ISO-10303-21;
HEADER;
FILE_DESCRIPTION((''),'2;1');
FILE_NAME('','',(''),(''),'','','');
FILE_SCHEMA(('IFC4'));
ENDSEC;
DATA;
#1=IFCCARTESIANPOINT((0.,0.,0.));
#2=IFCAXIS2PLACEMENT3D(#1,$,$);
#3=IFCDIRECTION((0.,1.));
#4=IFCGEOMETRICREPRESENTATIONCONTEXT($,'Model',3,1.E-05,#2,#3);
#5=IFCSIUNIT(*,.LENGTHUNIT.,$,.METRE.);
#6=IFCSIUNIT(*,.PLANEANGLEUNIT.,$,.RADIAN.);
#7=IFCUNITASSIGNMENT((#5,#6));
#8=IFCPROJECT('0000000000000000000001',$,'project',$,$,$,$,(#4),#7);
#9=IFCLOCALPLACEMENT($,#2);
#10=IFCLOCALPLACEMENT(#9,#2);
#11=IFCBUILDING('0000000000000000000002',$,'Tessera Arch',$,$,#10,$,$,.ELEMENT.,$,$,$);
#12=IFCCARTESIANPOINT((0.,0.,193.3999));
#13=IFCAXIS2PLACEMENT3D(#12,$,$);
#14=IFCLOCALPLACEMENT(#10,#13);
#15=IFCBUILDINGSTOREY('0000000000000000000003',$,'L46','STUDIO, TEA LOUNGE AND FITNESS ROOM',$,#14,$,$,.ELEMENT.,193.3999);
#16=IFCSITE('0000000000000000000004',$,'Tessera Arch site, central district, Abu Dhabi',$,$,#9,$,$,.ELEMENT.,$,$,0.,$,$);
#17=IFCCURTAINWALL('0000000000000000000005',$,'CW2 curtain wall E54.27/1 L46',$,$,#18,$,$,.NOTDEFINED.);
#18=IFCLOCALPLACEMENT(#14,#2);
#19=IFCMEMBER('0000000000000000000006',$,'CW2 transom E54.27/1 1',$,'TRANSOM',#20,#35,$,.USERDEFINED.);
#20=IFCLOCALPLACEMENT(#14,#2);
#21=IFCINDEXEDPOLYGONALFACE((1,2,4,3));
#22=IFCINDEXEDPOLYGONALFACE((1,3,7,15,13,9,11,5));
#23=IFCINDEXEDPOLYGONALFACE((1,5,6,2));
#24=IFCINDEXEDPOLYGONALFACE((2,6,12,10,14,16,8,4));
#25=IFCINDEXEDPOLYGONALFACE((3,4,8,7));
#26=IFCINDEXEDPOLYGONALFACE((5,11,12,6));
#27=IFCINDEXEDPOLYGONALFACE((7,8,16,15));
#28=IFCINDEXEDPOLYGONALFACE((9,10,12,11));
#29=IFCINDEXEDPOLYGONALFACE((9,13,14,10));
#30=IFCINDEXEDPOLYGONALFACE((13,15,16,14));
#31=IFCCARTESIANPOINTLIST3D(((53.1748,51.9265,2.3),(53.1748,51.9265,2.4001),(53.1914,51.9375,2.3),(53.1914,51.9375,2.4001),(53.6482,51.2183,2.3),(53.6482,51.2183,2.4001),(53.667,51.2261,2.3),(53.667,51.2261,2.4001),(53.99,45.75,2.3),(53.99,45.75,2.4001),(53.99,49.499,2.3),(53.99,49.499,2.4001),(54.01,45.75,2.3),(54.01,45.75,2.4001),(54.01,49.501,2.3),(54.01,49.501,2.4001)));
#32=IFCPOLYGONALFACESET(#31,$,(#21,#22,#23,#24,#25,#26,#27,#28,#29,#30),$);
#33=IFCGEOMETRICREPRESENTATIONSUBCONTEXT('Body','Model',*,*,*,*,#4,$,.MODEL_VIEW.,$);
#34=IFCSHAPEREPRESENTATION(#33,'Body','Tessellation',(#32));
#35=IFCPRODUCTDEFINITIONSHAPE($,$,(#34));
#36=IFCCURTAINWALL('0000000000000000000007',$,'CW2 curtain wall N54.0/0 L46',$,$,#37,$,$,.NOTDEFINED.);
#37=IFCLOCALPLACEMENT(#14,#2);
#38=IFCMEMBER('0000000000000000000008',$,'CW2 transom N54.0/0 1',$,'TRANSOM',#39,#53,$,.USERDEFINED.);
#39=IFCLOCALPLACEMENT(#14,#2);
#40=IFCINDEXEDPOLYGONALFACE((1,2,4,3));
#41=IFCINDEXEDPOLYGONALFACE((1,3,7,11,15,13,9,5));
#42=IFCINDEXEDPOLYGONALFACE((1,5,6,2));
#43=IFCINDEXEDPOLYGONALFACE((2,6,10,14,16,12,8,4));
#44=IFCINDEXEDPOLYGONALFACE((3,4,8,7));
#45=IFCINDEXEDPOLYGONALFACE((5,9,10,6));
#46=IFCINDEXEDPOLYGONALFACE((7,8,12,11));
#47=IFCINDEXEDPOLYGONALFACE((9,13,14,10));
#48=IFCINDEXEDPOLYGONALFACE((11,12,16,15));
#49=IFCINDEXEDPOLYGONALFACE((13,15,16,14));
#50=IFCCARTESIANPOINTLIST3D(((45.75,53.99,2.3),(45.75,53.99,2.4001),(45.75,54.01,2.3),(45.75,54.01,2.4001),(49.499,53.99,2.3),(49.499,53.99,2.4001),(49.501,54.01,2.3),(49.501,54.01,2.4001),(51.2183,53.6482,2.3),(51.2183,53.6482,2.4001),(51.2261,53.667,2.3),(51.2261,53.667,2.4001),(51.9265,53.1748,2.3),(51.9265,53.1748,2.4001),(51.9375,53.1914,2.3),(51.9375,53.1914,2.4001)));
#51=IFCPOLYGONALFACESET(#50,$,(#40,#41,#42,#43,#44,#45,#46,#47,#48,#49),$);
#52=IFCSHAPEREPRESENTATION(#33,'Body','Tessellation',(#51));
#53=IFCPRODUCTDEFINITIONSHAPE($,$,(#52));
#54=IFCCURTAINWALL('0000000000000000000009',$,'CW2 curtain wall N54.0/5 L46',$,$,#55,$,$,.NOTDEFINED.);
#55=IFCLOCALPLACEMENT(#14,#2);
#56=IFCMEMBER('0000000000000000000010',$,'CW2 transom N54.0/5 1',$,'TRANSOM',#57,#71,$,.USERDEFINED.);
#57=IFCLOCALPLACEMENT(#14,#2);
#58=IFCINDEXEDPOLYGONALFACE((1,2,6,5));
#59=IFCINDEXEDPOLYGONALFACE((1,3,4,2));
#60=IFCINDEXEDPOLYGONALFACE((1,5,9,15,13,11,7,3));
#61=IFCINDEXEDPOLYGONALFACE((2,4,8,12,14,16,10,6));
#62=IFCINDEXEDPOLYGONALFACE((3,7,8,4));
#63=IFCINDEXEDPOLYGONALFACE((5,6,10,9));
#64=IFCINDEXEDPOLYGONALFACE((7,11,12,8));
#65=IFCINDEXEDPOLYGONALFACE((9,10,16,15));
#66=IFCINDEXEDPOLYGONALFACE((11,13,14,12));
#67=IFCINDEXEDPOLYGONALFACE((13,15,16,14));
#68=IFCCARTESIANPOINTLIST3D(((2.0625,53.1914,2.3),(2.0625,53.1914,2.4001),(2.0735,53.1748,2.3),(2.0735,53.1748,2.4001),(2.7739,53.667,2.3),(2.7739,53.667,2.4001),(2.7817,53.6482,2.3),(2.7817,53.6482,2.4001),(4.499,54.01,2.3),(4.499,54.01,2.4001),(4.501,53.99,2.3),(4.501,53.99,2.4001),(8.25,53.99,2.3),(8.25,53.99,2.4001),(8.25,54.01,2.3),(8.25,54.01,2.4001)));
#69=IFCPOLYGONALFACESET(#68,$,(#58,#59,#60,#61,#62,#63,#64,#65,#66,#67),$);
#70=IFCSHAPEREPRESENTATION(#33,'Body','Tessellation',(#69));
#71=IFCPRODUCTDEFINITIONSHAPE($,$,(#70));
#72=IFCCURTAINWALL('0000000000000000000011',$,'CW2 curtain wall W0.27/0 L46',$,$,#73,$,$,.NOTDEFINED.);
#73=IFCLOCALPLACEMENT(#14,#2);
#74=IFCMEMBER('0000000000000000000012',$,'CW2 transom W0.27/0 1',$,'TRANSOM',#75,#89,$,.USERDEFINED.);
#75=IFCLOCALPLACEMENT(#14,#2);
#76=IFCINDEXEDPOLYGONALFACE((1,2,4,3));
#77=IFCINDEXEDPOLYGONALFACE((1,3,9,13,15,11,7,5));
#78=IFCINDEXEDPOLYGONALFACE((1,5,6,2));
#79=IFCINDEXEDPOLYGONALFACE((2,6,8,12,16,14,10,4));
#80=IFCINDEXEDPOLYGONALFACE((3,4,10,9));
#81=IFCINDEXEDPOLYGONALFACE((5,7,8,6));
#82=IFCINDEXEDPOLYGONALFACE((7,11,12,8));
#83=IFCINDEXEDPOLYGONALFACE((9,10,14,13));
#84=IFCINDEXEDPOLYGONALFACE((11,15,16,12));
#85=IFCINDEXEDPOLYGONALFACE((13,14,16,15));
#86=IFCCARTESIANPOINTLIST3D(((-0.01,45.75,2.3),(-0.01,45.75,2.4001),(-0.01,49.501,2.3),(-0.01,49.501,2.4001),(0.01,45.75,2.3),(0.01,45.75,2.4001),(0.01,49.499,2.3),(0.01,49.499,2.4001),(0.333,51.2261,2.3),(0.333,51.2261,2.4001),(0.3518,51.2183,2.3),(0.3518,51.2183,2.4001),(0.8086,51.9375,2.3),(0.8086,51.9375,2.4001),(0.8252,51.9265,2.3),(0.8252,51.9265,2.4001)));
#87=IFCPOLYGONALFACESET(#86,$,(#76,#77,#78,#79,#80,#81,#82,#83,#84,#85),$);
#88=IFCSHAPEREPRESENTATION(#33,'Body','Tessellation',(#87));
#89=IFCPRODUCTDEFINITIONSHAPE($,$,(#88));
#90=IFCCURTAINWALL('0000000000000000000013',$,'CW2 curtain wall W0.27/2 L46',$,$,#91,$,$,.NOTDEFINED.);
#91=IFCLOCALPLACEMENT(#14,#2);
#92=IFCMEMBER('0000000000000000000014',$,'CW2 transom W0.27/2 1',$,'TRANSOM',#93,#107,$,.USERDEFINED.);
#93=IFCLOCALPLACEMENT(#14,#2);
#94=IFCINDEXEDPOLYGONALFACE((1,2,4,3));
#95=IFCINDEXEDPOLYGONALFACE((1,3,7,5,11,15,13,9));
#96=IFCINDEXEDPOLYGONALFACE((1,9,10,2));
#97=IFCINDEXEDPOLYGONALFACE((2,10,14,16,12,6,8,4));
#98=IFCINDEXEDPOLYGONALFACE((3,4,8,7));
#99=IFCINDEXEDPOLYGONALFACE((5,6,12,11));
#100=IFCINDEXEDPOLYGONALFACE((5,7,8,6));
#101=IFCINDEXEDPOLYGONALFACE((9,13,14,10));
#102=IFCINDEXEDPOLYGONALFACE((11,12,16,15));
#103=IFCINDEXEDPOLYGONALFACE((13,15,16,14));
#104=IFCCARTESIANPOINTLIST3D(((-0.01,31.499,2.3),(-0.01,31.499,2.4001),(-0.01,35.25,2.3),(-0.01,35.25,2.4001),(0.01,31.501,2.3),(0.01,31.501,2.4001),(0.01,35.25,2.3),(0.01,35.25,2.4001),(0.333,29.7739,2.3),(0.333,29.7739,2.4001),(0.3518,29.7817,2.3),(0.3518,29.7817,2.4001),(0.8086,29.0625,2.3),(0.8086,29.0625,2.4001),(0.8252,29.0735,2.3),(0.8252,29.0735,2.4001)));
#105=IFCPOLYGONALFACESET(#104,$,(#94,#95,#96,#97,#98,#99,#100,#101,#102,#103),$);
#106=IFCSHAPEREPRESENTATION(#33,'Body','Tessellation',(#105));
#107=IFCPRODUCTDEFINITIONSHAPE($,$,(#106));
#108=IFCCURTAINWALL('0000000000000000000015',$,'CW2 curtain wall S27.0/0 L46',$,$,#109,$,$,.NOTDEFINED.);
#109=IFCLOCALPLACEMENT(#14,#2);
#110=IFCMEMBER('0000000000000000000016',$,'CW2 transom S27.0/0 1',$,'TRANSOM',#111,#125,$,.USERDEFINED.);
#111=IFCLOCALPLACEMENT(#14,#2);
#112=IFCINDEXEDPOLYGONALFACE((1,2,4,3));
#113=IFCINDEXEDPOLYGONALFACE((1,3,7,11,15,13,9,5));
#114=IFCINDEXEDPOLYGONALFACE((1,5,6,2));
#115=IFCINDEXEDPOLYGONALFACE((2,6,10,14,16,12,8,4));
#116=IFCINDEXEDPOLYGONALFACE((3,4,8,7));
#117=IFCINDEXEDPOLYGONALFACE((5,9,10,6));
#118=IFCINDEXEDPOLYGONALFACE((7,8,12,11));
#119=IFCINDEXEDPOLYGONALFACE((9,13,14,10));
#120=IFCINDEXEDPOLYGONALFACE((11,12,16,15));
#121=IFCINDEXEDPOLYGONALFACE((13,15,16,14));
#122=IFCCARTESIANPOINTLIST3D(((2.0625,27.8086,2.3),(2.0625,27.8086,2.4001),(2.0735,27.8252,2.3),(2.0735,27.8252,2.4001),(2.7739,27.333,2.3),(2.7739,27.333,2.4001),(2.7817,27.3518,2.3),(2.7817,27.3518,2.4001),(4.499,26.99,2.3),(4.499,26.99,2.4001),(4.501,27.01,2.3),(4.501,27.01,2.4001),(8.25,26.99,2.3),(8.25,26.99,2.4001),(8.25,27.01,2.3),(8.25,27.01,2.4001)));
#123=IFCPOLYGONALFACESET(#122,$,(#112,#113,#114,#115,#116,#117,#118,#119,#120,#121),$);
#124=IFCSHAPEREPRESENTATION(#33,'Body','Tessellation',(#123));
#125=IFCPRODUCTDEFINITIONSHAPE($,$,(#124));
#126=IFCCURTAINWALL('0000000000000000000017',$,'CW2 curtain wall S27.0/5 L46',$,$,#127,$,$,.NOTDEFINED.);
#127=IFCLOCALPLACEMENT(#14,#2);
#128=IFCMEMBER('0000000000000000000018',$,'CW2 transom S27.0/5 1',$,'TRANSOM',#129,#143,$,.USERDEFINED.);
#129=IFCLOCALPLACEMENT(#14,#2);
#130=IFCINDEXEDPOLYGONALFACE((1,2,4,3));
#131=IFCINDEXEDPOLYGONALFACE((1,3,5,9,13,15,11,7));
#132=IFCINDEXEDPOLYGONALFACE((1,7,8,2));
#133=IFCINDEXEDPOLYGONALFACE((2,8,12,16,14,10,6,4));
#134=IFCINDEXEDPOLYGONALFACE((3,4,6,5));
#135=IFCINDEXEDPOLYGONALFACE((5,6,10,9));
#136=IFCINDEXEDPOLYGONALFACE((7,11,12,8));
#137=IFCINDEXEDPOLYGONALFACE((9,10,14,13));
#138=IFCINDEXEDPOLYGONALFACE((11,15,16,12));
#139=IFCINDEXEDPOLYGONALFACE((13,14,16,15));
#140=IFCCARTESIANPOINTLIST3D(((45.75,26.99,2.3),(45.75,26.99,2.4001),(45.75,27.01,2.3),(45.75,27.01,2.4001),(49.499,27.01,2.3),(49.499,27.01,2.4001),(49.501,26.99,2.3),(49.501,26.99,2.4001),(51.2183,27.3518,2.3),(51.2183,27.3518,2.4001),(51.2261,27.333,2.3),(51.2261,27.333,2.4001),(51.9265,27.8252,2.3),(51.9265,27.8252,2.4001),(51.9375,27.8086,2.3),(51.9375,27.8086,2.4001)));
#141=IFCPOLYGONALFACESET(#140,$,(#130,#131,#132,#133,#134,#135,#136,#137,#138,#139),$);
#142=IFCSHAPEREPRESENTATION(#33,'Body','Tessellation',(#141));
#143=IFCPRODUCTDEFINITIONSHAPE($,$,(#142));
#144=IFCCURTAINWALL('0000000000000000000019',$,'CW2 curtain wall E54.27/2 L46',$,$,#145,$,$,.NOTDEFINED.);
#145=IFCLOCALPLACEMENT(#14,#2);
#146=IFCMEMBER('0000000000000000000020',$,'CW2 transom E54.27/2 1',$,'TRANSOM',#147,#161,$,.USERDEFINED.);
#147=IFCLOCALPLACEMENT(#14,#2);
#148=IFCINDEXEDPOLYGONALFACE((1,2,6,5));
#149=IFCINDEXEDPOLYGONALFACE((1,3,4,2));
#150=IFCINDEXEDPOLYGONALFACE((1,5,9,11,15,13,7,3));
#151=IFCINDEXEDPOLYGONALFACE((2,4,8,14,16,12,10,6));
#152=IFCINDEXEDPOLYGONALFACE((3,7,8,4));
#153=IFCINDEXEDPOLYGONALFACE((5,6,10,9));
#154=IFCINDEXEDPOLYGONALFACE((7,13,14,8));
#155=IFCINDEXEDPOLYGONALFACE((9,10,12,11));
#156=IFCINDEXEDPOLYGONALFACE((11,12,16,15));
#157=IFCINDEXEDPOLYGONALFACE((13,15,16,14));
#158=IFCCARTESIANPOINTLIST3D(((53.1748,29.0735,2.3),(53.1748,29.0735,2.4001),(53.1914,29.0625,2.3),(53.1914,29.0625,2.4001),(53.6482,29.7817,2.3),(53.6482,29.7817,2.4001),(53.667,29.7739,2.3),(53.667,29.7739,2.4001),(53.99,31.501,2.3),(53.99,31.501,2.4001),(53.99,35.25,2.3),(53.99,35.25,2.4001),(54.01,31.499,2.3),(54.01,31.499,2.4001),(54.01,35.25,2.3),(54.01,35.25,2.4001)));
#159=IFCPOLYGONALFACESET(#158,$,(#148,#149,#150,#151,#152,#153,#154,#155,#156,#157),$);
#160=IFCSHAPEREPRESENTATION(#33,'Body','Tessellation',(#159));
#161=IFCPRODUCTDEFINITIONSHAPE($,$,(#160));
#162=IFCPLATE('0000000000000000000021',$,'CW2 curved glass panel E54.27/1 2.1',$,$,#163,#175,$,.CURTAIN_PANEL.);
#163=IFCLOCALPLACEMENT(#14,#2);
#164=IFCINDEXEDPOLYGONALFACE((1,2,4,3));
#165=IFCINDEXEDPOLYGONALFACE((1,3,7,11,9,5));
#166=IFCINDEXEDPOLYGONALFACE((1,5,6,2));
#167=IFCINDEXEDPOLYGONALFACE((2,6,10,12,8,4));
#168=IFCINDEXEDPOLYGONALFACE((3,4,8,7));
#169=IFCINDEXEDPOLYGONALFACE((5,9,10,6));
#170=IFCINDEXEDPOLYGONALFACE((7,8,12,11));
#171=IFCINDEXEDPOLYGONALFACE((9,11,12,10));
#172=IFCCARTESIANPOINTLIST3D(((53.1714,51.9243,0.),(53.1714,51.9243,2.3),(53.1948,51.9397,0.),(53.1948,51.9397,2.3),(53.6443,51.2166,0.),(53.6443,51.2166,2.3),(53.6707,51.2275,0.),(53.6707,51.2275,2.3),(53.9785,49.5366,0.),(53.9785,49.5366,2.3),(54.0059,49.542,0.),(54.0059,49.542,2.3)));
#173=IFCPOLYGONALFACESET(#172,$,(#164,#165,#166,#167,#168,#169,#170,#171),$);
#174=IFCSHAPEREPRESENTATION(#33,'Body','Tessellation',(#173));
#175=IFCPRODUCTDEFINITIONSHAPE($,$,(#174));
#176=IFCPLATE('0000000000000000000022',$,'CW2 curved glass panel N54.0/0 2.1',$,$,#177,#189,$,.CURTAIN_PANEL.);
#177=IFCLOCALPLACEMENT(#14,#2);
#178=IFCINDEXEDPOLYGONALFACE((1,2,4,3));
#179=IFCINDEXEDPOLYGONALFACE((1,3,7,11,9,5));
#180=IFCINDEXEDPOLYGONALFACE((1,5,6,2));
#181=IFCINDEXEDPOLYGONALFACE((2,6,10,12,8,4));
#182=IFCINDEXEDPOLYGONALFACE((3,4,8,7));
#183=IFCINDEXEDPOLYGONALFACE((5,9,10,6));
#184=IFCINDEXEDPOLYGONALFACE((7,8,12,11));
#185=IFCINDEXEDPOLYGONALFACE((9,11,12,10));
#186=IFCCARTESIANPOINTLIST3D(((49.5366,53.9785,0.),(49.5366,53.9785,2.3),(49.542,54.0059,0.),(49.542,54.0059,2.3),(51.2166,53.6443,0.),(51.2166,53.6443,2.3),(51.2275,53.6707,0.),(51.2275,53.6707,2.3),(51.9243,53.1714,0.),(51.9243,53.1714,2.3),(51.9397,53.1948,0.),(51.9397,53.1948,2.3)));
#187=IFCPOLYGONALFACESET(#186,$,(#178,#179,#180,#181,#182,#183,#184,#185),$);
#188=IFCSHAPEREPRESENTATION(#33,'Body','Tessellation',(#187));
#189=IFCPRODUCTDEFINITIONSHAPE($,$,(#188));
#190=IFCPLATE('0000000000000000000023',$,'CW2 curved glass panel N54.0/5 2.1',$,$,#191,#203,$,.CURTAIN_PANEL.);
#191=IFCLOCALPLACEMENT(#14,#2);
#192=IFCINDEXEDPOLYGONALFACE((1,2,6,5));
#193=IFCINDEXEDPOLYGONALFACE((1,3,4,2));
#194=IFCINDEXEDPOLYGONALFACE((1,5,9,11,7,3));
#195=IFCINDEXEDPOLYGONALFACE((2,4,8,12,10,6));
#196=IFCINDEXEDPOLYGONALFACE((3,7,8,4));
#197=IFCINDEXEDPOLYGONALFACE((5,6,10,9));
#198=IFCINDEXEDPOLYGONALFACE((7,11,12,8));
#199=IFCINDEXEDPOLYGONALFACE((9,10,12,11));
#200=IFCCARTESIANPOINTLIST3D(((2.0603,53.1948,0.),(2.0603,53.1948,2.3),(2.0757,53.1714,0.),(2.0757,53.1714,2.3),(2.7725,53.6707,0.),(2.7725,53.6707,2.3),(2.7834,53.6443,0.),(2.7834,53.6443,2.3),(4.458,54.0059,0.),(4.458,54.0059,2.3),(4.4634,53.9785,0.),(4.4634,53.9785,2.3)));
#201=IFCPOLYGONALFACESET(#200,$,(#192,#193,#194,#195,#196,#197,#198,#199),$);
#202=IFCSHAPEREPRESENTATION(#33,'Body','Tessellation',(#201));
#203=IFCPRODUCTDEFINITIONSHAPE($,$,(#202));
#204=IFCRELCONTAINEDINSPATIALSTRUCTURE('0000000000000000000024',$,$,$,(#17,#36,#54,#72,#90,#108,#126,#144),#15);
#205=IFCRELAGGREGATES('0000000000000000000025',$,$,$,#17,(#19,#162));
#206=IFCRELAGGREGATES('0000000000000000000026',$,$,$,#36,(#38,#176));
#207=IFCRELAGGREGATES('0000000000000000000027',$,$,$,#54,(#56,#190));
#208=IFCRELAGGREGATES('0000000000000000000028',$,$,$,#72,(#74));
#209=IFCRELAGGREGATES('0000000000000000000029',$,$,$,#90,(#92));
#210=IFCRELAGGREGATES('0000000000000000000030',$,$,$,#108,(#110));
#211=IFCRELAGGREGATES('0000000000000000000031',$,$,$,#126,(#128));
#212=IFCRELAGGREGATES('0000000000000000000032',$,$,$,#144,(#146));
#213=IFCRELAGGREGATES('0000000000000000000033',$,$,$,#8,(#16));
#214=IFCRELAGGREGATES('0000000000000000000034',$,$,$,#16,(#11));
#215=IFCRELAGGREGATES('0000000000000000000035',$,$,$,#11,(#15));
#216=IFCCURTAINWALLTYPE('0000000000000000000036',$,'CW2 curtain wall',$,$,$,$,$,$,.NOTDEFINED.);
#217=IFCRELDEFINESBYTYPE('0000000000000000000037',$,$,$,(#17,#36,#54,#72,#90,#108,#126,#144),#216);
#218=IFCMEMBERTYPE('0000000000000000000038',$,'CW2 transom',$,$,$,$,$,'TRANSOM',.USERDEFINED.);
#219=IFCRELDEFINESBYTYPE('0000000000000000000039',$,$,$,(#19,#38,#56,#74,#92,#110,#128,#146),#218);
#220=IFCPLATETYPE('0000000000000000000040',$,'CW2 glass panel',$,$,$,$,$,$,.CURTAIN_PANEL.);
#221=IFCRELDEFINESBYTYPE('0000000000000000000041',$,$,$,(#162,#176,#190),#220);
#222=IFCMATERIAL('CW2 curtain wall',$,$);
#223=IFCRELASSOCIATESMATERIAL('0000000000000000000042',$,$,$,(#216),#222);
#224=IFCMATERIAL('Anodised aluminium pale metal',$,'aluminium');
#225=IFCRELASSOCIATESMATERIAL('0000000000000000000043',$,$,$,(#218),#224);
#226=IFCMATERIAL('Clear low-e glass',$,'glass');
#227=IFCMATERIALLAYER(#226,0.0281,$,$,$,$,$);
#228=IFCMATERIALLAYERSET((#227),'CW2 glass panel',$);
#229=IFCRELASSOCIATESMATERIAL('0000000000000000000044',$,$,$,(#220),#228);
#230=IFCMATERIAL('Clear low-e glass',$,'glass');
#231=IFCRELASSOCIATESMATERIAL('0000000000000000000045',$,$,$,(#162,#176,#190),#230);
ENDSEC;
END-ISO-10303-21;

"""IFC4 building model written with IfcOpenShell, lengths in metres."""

from ifc_helpers import new_model, si_unit, direction, frame, origin, origin_2d, place, context, subcontext, project, spatial, polyline, rectangle, outline, extrude, material, layer, layer_set, material_profile, profile_set, type_object, element, aggregate, save


model = new_model("IFC4")

# Units and contexts
model_context = context("Model", 3, precision=1e-05, world=origin(), true_north=direction((0.0, 1.0)))
body_context = subcontext(model_context, "Body", "Model", "MODEL_VIEW")
ifc_project = project(units=[si_unit("LENGTHUNIT", "METRE"), si_unit("PLANEANGLEUNIT", "RADIAN")], contexts=[model_context])

# Site, building, storey
site_placement = place(None, origin())
site = spatial("IfcSite", under=ifc_project, at=site_placement, Name="Tessera Arch site, central district, Abu Dhabi", CompositionType="ELEMENT", RefElevation=0.0)
building_placement = place(site_placement, origin())
building = spatial("IfcBuilding", under=site, at=building_placement, Name="Tessera Arch", CompositionType="ELEMENT")
storey_placement = place(building_placement, frame((0.0, 0.0, 193.3999)))
storey = spatial("IfcBuildingStorey", under=building, at=storey_placement, Name="L46", Description="STUDIO, TEA LOUNGE AND FITNESS ROOM", CompositionType="ELEMENT", Elevation=193.3999)

# Curtain walls, members
ifc_material_1 = material(Name="CW2 curtain wall")
curtain_wall_type = type_object("IfcCurtainWallType", Name="CW2 curtain wall", PredefinedType="NOTDEFINED", material=ifc_material_1)
curtain_wall_1_placement = place(storey_placement, origin())
curtain_wall_1 = element("IfcCurtainWall", 1, at=curtain_wall_1_placement, inside=storey, type_object=curtain_wall_type, Name="CW2 curtain wall E54.27/1 L46", PredefinedType="NOTDEFINED")
ifc_material_2 = material(Name="Anodised aluminium pale metal", Category="aluminium")
ifc_material_profile = material_profile(ifc_material_2, rectangle(XDim=0.2, YDim=0.1001, at=origin_2d()), Name="AL 200x100")
ifc_profile_set = profile_set([ifc_material_profile], Name="Anodised aluminium pale metal")
member_type = type_object("IfcMemberType", Name="CW2 transom", ElementType="TRANSOM", PredefinedType="USERDEFINED", material=ifc_profile_set)
member_1_placement = place(storey_placement, frame((0.0, 0.0, 2.3)))
member_1 = element("IfcMember", 2, at=member_1_placement, type_object=member_type, Name="CW2 transom E54.27/1 1", ObjectType="TRANSOM", PredefinedType="USERDEFINED", context=body_context, shape_type="SweptSolid", body=[
    extrude(outline(polyline([(53.99, 49.499), (53.99, 45.75), (54.01, 45.75), (54.01, 49.501), (53.667, 51.2261), (53.1914, 51.9375), (53.1748, 51.9265), (53.6482, 51.2183), (53.99, 49.499)])), origin(), (0.0, 0.0, 1.0), 0.1001),
])
curtain_wall_2_placement = place(storey_placement, origin())
curtain_wall_2 = element("IfcCurtainWall", 3, at=curtain_wall_2_placement, inside=storey, type_object=curtain_wall_type, Name="CW2 curtain wall N54.0/0 L46", PredefinedType="NOTDEFINED")
member_2_placement = place(storey_placement, frame((0.0, 0.0, 2.3)))
member_2 = element("IfcMember", 4, at=member_2_placement, type_object=member_type, Name="CW2 transom N54.0/0 1", ObjectType="TRANSOM", PredefinedType="USERDEFINED", context=body_context, shape_type="SweptSolid", body=[
    extrude(outline(polyline([(51.2183, 53.6482), (51.9265, 53.1748), (51.9375, 53.1914), (51.2261, 53.667), (49.501, 54.01), (45.75, 54.01), (45.75, 53.99), (49.499, 53.99), (51.2183, 53.6482)])), origin(), (0.0, 0.0, 1.0), 0.1001),
])
curtain_wall_3_placement = place(storey_placement, origin())
curtain_wall_3 = element("IfcCurtainWall", 5, at=curtain_wall_3_placement, inside=storey, type_object=curtain_wall_type, Name="CW2 curtain wall N54.0/5 L46", PredefinedType="NOTDEFINED")
member_3_placement = place(storey_placement, frame((0.0, 0.0, 2.3)))
member_3 = element("IfcMember", 6, at=member_3_placement, type_object=member_type, Name="CW2 transom N54.0/5 1", ObjectType="TRANSOM", PredefinedType="USERDEFINED", context=body_context, shape_type="SweptSolid", body=[
    extrude(outline(polyline([(4.501, 53.99), (8.25, 53.99), (8.25, 54.01), (4.499, 54.01), (2.7739, 53.667), (2.0625, 53.1914), (2.0735, 53.1748), (2.7817, 53.6482), (4.501, 53.99)])), origin(), (0.0, 0.0, 1.0), 0.1001),
])
curtain_wall_4_placement = place(storey_placement, origin())
curtain_wall_4 = element("IfcCurtainWall", 7, at=curtain_wall_4_placement, inside=storey, type_object=curtain_wall_type, Name="CW2 curtain wall W0.27/0 L46", PredefinedType="NOTDEFINED")
member_4_placement = place(storey_placement, frame((0.0, 0.0, 2.3)))
member_4 = element("IfcMember", 8, at=member_4_placement, type_object=member_type, Name="CW2 transom W0.27/0 1", ObjectType="TRANSOM", PredefinedType="USERDEFINED", context=body_context, shape_type="SweptSolid", body=[
    extrude(outline(polyline([(0.3518, 51.2183), (0.8252, 51.9265), (0.8086, 51.9375), (0.333, 51.2261), (-0.01, 49.501), (-0.01, 45.75), (0.01, 45.75), (0.01, 49.499), (0.3518, 51.2183)])), origin(), (0.0, 0.0, 1.0), 0.1001),
])
curtain_wall_5_placement = place(storey_placement, origin())
curtain_wall_5 = element("IfcCurtainWall", 9, at=curtain_wall_5_placement, inside=storey, type_object=curtain_wall_type, Name="CW2 curtain wall W0.27/2 L46", PredefinedType="NOTDEFINED")
member_5_placement = place(storey_placement, frame((0.0, 0.0, 2.3)))
member_5 = element("IfcMember", 10, at=member_5_placement, type_object=member_type, Name="CW2 transom W0.27/2 1", ObjectType="TRANSOM", PredefinedType="USERDEFINED", context=body_context, shape_type="SweptSolid", body=[
    extrude(outline(polyline([(0.01, 31.501), (0.01, 35.25), (-0.01, 35.25), (-0.01, 31.499), (0.333, 29.7739), (0.8086, 29.0625), (0.8252, 29.0735), (0.3518, 29.7817), (0.01, 31.501)])), origin(), (0.0, 0.0, 1.0), 0.1001),
])
curtain_wall_6_placement = place(storey_placement, origin())
curtain_wall_6 = element("IfcCurtainWall", 11, at=curtain_wall_6_placement, inside=storey, type_object=curtain_wall_type, Name="CW2 curtain wall S27.0/0 L46", PredefinedType="NOTDEFINED")
member_6_placement = place(storey_placement, frame((0.0, 0.0, 2.3)))
member_6 = element("IfcMember", 12, at=member_6_placement, type_object=member_type, Name="CW2 transom S27.0/0 1", ObjectType="TRANSOM", PredefinedType="USERDEFINED", context=body_context, shape_type="SweptSolid", body=[
    extrude(outline(polyline([(2.7817, 27.3518), (2.0735, 27.8252), (2.0625, 27.8086), (2.7739, 27.333), (4.499, 26.99), (8.25, 26.99), (8.25, 27.01), (4.501, 27.01), (2.7817, 27.3518)])), origin(), (0.0, 0.0, 1.0), 0.1001),
])
curtain_wall_7_placement = place(storey_placement, origin())
curtain_wall_7 = element("IfcCurtainWall", 13, at=curtain_wall_7_placement, inside=storey, type_object=curtain_wall_type, Name="CW2 curtain wall S27.0/5 L46", PredefinedType="NOTDEFINED")
member_7_placement = place(storey_placement, frame((0.0, 0.0, 2.3)))
member_7 = element("IfcMember", 14, at=member_7_placement, type_object=member_type, Name="CW2 transom S27.0/5 1", ObjectType="TRANSOM", PredefinedType="USERDEFINED", context=body_context, shape_type="SweptSolid", body=[
    extrude(outline(polyline([(49.499, 27.01), (45.75, 27.01), (45.75, 26.99), (49.501, 26.99), (51.2261, 27.333), (51.9375, 27.8086), (51.9265, 27.8252), (51.2183, 27.3518), (49.499, 27.01)])), origin(), (0.0, 0.0, 1.0), 0.1001),
])
curtain_wall_8_placement = place(storey_placement, origin())
curtain_wall_8 = element("IfcCurtainWall", 15, at=curtain_wall_8_placement, inside=storey, type_object=curtain_wall_type, Name="CW2 curtain wall E54.27/2 L46", PredefinedType="NOTDEFINED")
member_8_placement = place(storey_placement, frame((0.0, 0.0, 2.3)))
member_8 = element("IfcMember", 16, at=member_8_placement, type_object=member_type, Name="CW2 transom E54.27/2 1", ObjectType="TRANSOM", PredefinedType="USERDEFINED", context=body_context, shape_type="SweptSolid", body=[
    extrude(outline(polyline([(53.6482, 29.7817), (53.1748, 29.0735), (53.1914, 29.0625), (53.667, 29.7739), (54.01, 31.499), (54.01, 35.25), (53.99, 35.25), (53.99, 31.501), (53.6482, 29.7817)])), origin(), (0.0, 0.0, 1.0), 0.1001),
])

# Plates
ifc_material_3 = material(Name="Clear low-e glass", Category="glass")
ifc_material_4 = material(Name="Clear low-e glass", Category="glass")
ifc_layer_1 = layer(ifc_material_4, 0.0281)
ifc_layer_set_1 = layer_set([ifc_layer_1], Name="CW2 glass panel")
plate_type_1 = type_object("IfcPlateType", Name="CW2 glass panel", PredefinedType="CURTAIN_PANEL", material=ifc_layer_set_1)
plate_1_placement = place(storey_placement, origin())
plate_1 = element("IfcPlate", 17, at=plate_1_placement, type_object=plate_type_1, material=ifc_material_3, Name="CW2 curved glass panel E54.27/1 2.1", PredefinedType="CURTAIN_PANEL", context=body_context, shape_type="SweptSolid", body=[
    extrude(outline(polyline([(53.6443, 51.2166), (53.9785, 49.5366), (54.0059, 49.542), (53.6707, 51.2275), (53.1948, 51.9397), (53.1714, 51.9243), (53.6443, 51.2166)])), origin(), (0.0, 0.0, 1.0), 2.3),
])
plate_2_placement = place(storey_placement, origin())
plate_2 = element("IfcPlate", 18, at=plate_2_placement, type_object=plate_type_1, material=ifc_material_3, Name="CW2 curved glass panel N54.0/0 2.1", PredefinedType="CURTAIN_PANEL", context=body_context, shape_type="SweptSolid", body=[
    extrude(outline(polyline([(51.2166, 53.6443), (51.9243, 53.1714), (51.9397, 53.1948), (51.2275, 53.6707), (49.542, 54.0059), (49.5366, 53.9785), (51.2166, 53.6443)])), origin(), (0.0, 0.0, 1.0), 2.3),
])
plate_3_placement = place(storey_placement, origin())
plate_3 = element("IfcPlate", 19, at=plate_3_placement, type_object=plate_type_1, material=ifc_material_3, Name="CW2 curved glass panel N54.0/5 2.1", PredefinedType="CURTAIN_PANEL", context=body_context, shape_type="SweptSolid", body=[
    extrude(outline(polyline([(2.7834, 53.6443), (4.4634, 53.9785), (4.458, 54.0059), (2.7725, 53.6707), (2.0603, 53.1948), (2.0757, 53.1714), (2.7834, 53.6443)])), origin(), (0.0, 0.0, 1.0), 2.3),
])
aggregate(curtain_wall_1, [member_1, plate_1])
aggregate(curtain_wall_2, [member_2, plate_2])
aggregate(curtain_wall_3, [member_3, plate_3])
aggregate(curtain_wall_4, [member_4])
aggregate(curtain_wall_5, [member_5])
aggregate(curtain_wall_6, [member_6])
aggregate(curtain_wall_7, [member_7])
aggregate(curtain_wall_8, [member_8])

save(model, "model.ifc")
